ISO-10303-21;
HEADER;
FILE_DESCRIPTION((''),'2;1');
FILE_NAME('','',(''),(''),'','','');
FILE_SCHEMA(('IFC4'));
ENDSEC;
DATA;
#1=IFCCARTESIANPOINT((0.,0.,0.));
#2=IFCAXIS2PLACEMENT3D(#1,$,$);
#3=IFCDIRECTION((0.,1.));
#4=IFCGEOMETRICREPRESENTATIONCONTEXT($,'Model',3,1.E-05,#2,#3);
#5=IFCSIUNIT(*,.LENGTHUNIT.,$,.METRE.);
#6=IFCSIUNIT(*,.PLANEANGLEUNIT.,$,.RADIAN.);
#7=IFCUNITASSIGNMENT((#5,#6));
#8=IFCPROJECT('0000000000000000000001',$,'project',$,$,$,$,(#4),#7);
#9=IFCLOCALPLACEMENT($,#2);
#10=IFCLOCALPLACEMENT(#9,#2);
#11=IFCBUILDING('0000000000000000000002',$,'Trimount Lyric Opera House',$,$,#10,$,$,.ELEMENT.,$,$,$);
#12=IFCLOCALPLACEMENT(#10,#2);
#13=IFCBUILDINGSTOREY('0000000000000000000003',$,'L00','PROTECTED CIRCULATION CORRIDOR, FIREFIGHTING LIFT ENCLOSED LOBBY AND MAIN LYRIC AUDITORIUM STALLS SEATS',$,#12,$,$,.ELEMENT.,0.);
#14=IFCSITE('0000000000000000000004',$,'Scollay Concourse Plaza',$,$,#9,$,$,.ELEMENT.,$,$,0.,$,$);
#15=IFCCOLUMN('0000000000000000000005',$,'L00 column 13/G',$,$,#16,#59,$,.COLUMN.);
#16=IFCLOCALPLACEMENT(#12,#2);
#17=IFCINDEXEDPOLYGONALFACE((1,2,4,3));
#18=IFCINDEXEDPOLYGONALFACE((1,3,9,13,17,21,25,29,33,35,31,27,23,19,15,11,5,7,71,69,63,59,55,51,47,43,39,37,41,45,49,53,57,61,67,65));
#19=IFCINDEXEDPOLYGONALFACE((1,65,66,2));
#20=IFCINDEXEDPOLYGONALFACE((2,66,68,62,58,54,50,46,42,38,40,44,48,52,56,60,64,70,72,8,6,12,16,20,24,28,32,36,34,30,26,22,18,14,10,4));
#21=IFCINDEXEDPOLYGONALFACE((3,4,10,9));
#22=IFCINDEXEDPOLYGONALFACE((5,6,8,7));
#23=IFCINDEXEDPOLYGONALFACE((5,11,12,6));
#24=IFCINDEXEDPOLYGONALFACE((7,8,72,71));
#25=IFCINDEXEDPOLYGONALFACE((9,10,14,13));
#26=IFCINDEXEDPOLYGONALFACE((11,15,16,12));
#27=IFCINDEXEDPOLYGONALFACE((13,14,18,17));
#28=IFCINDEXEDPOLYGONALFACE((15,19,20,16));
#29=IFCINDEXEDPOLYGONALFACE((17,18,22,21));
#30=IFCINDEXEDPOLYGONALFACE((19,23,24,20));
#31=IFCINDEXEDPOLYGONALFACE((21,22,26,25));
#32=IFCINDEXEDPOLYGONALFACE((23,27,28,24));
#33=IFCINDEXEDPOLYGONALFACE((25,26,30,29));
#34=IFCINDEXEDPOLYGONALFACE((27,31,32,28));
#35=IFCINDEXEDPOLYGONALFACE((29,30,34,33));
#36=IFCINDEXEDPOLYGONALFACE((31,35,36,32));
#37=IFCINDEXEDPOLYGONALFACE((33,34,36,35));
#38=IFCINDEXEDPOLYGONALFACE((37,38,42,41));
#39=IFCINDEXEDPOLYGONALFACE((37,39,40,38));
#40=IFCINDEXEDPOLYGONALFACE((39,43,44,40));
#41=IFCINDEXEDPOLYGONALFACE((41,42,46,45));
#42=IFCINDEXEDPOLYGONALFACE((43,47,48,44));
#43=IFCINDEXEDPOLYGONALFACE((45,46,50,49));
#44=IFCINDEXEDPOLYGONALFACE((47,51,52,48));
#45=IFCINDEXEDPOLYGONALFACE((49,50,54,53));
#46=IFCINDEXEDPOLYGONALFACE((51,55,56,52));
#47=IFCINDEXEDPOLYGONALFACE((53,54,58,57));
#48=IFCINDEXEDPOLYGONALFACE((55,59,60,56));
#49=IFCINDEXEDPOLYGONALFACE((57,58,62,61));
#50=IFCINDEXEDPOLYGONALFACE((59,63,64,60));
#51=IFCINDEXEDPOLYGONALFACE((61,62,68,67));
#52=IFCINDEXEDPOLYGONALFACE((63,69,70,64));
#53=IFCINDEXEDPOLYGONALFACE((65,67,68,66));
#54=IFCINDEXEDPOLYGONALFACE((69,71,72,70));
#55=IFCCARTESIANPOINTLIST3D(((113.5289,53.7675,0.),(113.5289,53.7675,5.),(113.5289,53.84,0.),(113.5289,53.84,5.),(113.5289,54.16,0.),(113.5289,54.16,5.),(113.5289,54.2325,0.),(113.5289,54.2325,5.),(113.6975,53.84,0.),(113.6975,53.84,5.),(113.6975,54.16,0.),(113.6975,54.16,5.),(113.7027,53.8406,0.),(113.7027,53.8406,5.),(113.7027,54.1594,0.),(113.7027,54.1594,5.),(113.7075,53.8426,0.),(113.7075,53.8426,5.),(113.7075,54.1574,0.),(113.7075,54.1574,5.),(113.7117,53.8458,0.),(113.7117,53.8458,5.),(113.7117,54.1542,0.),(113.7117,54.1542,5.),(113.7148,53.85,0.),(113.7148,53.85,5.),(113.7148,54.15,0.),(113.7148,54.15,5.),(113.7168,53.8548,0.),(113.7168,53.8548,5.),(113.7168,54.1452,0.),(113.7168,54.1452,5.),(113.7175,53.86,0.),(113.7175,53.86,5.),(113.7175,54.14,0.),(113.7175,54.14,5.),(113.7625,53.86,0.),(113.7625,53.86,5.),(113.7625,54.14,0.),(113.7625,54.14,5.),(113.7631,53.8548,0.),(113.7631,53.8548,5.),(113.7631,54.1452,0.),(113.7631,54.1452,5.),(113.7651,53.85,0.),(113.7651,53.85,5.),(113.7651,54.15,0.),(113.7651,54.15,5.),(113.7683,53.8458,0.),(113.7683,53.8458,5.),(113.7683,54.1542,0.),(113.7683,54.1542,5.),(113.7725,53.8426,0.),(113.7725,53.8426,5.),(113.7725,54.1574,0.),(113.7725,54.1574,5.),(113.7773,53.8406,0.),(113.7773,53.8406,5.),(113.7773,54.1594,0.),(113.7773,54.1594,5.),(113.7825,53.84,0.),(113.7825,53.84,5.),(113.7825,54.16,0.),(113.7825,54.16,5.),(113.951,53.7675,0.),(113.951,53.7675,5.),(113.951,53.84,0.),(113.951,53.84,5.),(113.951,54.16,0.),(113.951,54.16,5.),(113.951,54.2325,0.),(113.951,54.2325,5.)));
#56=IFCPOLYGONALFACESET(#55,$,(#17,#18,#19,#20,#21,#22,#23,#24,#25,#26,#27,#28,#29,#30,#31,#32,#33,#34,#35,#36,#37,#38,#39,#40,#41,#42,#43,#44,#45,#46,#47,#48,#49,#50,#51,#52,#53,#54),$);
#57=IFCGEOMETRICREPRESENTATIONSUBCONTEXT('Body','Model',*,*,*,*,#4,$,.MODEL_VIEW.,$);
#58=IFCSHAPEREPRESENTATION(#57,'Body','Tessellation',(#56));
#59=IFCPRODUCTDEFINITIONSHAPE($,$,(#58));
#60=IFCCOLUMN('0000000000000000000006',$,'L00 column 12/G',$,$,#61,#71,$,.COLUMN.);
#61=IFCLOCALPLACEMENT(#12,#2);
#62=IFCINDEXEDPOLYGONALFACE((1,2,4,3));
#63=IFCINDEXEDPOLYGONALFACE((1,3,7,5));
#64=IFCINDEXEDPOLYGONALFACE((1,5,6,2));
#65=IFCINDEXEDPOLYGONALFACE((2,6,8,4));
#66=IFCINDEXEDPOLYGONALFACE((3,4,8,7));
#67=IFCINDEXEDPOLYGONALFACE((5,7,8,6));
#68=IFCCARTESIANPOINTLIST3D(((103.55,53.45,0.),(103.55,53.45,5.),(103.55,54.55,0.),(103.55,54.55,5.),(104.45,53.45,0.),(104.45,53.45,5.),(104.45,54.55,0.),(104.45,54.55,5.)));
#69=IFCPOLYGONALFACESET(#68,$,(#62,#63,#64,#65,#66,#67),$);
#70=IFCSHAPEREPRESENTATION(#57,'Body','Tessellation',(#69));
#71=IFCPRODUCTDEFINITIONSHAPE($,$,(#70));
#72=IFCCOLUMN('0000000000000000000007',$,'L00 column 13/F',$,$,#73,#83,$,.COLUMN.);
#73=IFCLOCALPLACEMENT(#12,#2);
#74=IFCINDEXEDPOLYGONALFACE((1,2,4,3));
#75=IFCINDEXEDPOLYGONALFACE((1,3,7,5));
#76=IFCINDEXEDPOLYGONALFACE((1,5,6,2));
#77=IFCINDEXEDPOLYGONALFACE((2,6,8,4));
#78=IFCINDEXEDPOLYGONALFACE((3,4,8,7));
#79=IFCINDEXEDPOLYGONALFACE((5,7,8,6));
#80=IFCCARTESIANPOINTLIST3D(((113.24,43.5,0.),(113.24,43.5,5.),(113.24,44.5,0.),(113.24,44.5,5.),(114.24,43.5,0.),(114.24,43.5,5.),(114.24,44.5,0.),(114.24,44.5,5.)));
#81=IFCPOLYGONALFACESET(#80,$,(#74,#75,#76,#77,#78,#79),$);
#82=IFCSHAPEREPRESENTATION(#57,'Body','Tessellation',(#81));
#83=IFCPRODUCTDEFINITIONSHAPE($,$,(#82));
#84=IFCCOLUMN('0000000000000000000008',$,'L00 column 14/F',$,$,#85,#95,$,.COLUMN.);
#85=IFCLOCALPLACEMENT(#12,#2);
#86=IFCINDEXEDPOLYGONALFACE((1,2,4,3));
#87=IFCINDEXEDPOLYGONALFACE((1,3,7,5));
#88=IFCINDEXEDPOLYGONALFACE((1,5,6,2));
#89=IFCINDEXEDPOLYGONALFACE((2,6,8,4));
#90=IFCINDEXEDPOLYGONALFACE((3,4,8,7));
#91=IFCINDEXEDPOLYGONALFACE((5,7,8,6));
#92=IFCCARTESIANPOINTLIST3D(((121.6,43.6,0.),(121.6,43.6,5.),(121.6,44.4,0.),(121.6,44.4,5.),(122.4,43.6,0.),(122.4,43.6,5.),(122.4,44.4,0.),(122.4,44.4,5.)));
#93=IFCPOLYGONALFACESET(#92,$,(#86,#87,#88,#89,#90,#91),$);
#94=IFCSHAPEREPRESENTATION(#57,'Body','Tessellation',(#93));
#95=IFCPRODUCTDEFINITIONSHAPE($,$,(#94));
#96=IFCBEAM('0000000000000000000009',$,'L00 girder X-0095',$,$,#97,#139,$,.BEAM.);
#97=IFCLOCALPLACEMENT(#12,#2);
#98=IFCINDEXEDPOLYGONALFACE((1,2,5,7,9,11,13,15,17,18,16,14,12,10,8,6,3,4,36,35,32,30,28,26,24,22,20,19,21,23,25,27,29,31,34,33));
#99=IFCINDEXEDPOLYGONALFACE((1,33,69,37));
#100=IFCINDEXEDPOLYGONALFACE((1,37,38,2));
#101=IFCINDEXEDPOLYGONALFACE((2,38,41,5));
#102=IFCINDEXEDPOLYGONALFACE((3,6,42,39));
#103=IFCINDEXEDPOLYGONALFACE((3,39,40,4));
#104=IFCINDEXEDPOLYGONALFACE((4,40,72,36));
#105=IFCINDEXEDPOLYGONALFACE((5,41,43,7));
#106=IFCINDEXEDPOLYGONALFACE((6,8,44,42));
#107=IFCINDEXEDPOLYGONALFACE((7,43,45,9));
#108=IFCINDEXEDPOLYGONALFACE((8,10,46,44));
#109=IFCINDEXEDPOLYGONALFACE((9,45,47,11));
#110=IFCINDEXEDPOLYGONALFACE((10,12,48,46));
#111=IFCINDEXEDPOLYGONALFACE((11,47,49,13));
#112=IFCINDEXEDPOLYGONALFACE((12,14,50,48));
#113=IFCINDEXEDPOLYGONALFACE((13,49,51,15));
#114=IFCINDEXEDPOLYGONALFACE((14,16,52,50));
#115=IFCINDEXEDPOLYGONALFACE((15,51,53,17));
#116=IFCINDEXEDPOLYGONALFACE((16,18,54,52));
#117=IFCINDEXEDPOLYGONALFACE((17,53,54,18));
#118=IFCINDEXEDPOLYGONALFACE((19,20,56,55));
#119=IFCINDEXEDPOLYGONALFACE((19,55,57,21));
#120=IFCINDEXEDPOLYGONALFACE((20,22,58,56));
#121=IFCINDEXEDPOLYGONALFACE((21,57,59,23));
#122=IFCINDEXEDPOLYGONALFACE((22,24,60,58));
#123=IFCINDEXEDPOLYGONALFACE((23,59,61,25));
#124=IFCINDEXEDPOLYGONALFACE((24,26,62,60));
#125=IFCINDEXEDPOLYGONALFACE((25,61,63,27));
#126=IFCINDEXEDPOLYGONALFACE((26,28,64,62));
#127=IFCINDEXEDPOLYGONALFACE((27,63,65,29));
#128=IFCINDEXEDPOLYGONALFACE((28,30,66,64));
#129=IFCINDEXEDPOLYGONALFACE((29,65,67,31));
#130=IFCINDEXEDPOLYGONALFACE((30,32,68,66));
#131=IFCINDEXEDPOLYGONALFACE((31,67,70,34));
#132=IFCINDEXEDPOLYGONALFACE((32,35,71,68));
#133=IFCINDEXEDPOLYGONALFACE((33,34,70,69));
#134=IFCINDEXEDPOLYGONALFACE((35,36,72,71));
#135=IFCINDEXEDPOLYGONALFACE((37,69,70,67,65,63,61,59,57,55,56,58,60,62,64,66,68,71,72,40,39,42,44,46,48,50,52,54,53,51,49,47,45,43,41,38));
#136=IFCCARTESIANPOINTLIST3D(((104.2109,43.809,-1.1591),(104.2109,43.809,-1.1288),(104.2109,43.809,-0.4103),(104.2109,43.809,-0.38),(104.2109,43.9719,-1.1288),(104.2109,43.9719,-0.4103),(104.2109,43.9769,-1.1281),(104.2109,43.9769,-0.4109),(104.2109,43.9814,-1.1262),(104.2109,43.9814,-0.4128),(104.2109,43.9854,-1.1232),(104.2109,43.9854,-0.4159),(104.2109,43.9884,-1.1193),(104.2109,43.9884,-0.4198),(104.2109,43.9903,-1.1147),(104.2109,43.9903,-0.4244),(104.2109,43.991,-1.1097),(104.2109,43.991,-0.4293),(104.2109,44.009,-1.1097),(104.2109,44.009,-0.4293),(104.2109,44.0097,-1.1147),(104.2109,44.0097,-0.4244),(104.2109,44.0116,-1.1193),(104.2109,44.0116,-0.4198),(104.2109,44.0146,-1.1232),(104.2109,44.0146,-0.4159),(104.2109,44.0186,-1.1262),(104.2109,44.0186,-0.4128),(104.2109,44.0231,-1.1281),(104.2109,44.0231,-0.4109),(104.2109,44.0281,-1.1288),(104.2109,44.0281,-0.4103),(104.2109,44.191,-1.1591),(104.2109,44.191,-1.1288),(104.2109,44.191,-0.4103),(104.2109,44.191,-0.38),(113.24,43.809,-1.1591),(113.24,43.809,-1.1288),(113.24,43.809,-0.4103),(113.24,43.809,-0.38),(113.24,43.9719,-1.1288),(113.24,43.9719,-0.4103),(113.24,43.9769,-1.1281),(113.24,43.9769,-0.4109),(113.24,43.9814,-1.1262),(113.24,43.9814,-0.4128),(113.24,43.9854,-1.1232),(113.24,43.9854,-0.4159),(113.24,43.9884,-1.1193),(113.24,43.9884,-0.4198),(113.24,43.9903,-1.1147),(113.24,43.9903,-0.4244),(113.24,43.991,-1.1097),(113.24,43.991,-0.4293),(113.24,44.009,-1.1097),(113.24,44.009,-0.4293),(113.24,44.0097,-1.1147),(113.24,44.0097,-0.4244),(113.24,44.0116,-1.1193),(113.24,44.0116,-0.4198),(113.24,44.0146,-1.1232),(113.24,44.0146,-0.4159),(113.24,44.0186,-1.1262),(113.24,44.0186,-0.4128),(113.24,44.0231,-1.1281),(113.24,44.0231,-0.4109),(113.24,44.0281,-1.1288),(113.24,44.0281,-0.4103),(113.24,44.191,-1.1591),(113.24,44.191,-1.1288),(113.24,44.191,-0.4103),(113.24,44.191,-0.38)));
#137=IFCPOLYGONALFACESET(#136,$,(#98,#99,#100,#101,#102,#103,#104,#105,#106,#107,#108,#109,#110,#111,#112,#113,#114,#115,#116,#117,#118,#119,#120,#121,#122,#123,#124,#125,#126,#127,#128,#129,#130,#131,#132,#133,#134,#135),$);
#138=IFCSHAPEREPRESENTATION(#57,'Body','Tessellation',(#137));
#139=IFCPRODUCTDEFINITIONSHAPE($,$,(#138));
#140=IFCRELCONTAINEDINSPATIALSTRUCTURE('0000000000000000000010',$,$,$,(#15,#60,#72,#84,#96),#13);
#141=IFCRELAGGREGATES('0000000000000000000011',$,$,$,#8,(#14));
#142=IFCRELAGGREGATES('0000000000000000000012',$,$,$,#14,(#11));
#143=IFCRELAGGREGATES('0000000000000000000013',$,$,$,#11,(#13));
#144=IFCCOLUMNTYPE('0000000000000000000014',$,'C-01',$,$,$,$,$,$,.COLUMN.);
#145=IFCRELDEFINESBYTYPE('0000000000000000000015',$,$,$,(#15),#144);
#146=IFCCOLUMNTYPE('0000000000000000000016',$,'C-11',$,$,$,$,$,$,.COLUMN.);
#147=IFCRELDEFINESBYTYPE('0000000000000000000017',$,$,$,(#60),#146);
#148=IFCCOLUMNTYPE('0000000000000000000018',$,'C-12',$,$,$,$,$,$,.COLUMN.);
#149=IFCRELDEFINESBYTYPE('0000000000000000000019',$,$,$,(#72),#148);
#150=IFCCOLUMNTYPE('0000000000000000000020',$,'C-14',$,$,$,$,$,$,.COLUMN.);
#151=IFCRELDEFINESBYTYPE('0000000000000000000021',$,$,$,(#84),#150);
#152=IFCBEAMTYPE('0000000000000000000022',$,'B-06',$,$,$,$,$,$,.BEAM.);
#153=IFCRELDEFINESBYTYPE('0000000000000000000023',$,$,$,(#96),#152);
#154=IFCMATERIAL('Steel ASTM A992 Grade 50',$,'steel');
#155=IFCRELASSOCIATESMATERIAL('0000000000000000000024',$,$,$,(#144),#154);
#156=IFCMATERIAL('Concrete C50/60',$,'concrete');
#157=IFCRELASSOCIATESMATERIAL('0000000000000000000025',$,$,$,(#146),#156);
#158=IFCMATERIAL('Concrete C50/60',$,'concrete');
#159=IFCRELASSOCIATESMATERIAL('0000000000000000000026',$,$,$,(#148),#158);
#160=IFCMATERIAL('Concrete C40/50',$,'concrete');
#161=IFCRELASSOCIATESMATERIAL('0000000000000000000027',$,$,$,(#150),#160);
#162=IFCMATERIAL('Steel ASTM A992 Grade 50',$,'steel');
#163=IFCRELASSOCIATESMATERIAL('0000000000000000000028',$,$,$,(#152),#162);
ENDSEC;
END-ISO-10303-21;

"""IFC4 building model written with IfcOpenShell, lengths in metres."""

from ifc_helpers import new_model, si_unit, direction, frame, origin, origin_2d, place, context, subcontext, project, spatial, rectangle, i_section, extrude, material, material_profile, profile_set, type_object, element, save


model = new_model("IFC4")

# Units and contexts
model_context = context("Model", 3, precision=1e-05, world=origin(), true_north=direction((0.0, 1.0)))
body_context = subcontext(model_context, "Body", "Model", "MODEL_VIEW")
ifc_project = project(units=[si_unit("LENGTHUNIT", "METRE"), si_unit("PLANEANGLEUNIT", "RADIAN")], contexts=[model_context])

# Site, building, storey
site_placement = place(None, origin())
site = spatial("IfcSite", under=ifc_project, at=site_placement, Name="Scollay Concourse Plaza", CompositionType="ELEMENT", RefElevation=0.0)
building_placement = place(site_placement, origin())
building = spatial("IfcBuilding", under=site, at=building_placement, Name="Trimount Lyric Opera House", CompositionType="ELEMENT")
storey_placement = place(building_placement, origin())
storey = spatial("IfcBuildingStorey", under=building, at=storey_placement, Name="L00", Description="PROTECTED CIRCULATION CORRIDOR, FIREFIGHTING LIFT ENCLOSED LOBBY AND MAIN LYRIC AUDITORIUM STALLS SEATS", CompositionType="ELEMENT", Elevation=0.0)

# Columns
ifc_material_1 = material(Name="Steel ASTM A992 Grade 50", Category="steel")
ifc_material_profile_1 = material_profile(ifc_material_1, i_section(OverallWidth=0.4221, OverallDepth=0.4651, WebThickness=0.0449, FlangeThickness=0.0725, FilletRadius=0.02, at=origin_2d()), Name="W14X398")
ifc_profile_set_1 = profile_set([ifc_material_profile_1], Name="Steel ASTM A992 Grade 50")
column_type_1 = type_object("IfcColumnType", Name="C-01", PredefinedType="COLUMN", material=ifc_profile_set_1)
column_1_placement = place(storey_placement, frame((113.74, 54.0, 0.0), z_axis=(0.0, 0.0, 1.0), x_axis=(1.0, 0.0, 0.0)))
element("IfcColumn", 1, at=column_1_placement, inside=storey, type_object=column_type_1, Name="L00 column 13/G", PredefinedType="COLUMN", context=body_context, shape_type="SweptSolid", body=[
    extrude(i_section(OverallWidth=0.4221, OverallDepth=0.4651, WebThickness=0.0449, FlangeThickness=0.0725, FilletRadius=0.02, at=origin_2d()), origin(), (0.0, 0.0, 1.0), 5.0),
])
ifc_material_2 = material(Name="Concrete C50/60", Category="concrete")
ifc_material_profile_2 = material_profile(ifc_material_2, rectangle(XDim=0.8999, YDim=1.1001, at=origin_2d()), Name="RC1100X900")
ifc_profile_set_2 = profile_set([ifc_material_profile_2], Name="Concrete C50/60")
column_type_2 = type_object("IfcColumnType", Name="C-11", PredefinedType="COLUMN", material=ifc_profile_set_2)
column_2_placement = place(storey_placement, frame((104.0, 54.0, 0.0), z_axis=(0.0, 0.0, 1.0), x_axis=(1.0, 0.0, 0.0)))
element("IfcColumn", 2, at=column_2_placement, inside=storey, type_object=column_type_2, Name="L00 column 12/G", PredefinedType="COLUMN", context=body_context, shape_type="SweptSolid", body=[
    extrude(rectangle(XDim=0.8999, YDim=1.1001, at=origin_2d()), origin(), (0.0, 0.0, 1.0), 5.0),
])
ifc_material_3 = material(Name="Concrete C50/60", Category="concrete")
ifc_material_profile_3 = material_profile(ifc_material_3, rectangle(XDim=1.0, YDim=1.0, at=origin_2d()), Name="RC1000X1000")
ifc_profile_set_3 = profile_set([ifc_material_profile_3], Name="Concrete C50/60")
column_type_3 = type_object("IfcColumnType", Name="C-12", PredefinedType="COLUMN", material=ifc_profile_set_3)
column_3_placement = place(storey_placement, frame((113.74, 44.0, 0.0), z_axis=(0.0, 0.0, 1.0), x_axis=(1.0, 0.0, 0.0)))
element("IfcColumn", 3, at=column_3_placement, inside=storey, type_object=column_type_3, Name="L00 column 13/F", PredefinedType="COLUMN", context=body_context, shape_type="SweptSolid", body=[
    extrude(rectangle(XDim=1.0, YDim=1.0, at=origin_2d()), origin(), (0.0, 0.0, 1.0), 5.0),
])
ifc_material_4 = material(Name="Concrete C40/50", Category="concrete")
ifc_material_profile_4 = material_profile(ifc_material_4, rectangle(XDim=0.8, YDim=0.8, at=origin_2d()), Name="RC800X800")
ifc_profile_set_4 = profile_set([ifc_material_profile_4], Name="Concrete C40/50")
column_type_4 = type_object("IfcColumnType", Name="C-14", PredefinedType="COLUMN", material=ifc_profile_set_4)
column_4_placement = place(storey_placement, frame((122.0, 44.0, 0.0), z_axis=(0.0, 0.0, 1.0), x_axis=(1.0, 0.0, 0.0)))
element("IfcColumn", 4, at=column_4_placement, inside=storey, type_object=column_type_4, Name="L00 column 14/F", PredefinedType="COLUMN", context=body_context, shape_type="SweptSolid", body=[
    extrude(rectangle(XDim=0.8, YDim=0.8, at=origin_2d()), origin(), (0.0, 0.0, 1.0), 5.0),
])

# Beam
ifc_material_5 = material(Name="Steel ASTM A992 Grade 50", Category="steel")
ifc_material_profile_5 = material_profile(ifc_material_5, i_section(OverallWidth=0.3821, OverallDepth=0.7791, WebThickness=0.0181, FlangeThickness=0.0303, FilletRadius=0.019, at=origin_2d()), Name="W30X191")
ifc_profile_set_5 = profile_set([ifc_material_profile_5], Name="Steel ASTM A992 Grade 50")
beam_type_1 = type_object("IfcBeamType", Name="B-06", PredefinedType="BEAM", material=ifc_profile_set_5)
beam_1_placement = place(storey_placement, frame((104.2109, 44.0, -0.7695), z_axis=(1.0, 0.0, 0.0), x_axis=(0.0, 1.0, 0.0)))
element("IfcBeam", 5, at=beam_1_placement, inside=storey, type_object=beam_type_1, Name="L00 girder X-0095", PredefinedType="BEAM", context=body_context, shape_type="SweptSolid", body=[
    extrude(i_section(OverallWidth=0.3821, OverallDepth=0.7791, WebThickness=0.0181, FlangeThickness=0.0303, FilletRadius=0.019, at=origin_2d()), origin(), (0.0, 0.0, 1.0), 9.0291),
])

save(model, "model.ifc")
